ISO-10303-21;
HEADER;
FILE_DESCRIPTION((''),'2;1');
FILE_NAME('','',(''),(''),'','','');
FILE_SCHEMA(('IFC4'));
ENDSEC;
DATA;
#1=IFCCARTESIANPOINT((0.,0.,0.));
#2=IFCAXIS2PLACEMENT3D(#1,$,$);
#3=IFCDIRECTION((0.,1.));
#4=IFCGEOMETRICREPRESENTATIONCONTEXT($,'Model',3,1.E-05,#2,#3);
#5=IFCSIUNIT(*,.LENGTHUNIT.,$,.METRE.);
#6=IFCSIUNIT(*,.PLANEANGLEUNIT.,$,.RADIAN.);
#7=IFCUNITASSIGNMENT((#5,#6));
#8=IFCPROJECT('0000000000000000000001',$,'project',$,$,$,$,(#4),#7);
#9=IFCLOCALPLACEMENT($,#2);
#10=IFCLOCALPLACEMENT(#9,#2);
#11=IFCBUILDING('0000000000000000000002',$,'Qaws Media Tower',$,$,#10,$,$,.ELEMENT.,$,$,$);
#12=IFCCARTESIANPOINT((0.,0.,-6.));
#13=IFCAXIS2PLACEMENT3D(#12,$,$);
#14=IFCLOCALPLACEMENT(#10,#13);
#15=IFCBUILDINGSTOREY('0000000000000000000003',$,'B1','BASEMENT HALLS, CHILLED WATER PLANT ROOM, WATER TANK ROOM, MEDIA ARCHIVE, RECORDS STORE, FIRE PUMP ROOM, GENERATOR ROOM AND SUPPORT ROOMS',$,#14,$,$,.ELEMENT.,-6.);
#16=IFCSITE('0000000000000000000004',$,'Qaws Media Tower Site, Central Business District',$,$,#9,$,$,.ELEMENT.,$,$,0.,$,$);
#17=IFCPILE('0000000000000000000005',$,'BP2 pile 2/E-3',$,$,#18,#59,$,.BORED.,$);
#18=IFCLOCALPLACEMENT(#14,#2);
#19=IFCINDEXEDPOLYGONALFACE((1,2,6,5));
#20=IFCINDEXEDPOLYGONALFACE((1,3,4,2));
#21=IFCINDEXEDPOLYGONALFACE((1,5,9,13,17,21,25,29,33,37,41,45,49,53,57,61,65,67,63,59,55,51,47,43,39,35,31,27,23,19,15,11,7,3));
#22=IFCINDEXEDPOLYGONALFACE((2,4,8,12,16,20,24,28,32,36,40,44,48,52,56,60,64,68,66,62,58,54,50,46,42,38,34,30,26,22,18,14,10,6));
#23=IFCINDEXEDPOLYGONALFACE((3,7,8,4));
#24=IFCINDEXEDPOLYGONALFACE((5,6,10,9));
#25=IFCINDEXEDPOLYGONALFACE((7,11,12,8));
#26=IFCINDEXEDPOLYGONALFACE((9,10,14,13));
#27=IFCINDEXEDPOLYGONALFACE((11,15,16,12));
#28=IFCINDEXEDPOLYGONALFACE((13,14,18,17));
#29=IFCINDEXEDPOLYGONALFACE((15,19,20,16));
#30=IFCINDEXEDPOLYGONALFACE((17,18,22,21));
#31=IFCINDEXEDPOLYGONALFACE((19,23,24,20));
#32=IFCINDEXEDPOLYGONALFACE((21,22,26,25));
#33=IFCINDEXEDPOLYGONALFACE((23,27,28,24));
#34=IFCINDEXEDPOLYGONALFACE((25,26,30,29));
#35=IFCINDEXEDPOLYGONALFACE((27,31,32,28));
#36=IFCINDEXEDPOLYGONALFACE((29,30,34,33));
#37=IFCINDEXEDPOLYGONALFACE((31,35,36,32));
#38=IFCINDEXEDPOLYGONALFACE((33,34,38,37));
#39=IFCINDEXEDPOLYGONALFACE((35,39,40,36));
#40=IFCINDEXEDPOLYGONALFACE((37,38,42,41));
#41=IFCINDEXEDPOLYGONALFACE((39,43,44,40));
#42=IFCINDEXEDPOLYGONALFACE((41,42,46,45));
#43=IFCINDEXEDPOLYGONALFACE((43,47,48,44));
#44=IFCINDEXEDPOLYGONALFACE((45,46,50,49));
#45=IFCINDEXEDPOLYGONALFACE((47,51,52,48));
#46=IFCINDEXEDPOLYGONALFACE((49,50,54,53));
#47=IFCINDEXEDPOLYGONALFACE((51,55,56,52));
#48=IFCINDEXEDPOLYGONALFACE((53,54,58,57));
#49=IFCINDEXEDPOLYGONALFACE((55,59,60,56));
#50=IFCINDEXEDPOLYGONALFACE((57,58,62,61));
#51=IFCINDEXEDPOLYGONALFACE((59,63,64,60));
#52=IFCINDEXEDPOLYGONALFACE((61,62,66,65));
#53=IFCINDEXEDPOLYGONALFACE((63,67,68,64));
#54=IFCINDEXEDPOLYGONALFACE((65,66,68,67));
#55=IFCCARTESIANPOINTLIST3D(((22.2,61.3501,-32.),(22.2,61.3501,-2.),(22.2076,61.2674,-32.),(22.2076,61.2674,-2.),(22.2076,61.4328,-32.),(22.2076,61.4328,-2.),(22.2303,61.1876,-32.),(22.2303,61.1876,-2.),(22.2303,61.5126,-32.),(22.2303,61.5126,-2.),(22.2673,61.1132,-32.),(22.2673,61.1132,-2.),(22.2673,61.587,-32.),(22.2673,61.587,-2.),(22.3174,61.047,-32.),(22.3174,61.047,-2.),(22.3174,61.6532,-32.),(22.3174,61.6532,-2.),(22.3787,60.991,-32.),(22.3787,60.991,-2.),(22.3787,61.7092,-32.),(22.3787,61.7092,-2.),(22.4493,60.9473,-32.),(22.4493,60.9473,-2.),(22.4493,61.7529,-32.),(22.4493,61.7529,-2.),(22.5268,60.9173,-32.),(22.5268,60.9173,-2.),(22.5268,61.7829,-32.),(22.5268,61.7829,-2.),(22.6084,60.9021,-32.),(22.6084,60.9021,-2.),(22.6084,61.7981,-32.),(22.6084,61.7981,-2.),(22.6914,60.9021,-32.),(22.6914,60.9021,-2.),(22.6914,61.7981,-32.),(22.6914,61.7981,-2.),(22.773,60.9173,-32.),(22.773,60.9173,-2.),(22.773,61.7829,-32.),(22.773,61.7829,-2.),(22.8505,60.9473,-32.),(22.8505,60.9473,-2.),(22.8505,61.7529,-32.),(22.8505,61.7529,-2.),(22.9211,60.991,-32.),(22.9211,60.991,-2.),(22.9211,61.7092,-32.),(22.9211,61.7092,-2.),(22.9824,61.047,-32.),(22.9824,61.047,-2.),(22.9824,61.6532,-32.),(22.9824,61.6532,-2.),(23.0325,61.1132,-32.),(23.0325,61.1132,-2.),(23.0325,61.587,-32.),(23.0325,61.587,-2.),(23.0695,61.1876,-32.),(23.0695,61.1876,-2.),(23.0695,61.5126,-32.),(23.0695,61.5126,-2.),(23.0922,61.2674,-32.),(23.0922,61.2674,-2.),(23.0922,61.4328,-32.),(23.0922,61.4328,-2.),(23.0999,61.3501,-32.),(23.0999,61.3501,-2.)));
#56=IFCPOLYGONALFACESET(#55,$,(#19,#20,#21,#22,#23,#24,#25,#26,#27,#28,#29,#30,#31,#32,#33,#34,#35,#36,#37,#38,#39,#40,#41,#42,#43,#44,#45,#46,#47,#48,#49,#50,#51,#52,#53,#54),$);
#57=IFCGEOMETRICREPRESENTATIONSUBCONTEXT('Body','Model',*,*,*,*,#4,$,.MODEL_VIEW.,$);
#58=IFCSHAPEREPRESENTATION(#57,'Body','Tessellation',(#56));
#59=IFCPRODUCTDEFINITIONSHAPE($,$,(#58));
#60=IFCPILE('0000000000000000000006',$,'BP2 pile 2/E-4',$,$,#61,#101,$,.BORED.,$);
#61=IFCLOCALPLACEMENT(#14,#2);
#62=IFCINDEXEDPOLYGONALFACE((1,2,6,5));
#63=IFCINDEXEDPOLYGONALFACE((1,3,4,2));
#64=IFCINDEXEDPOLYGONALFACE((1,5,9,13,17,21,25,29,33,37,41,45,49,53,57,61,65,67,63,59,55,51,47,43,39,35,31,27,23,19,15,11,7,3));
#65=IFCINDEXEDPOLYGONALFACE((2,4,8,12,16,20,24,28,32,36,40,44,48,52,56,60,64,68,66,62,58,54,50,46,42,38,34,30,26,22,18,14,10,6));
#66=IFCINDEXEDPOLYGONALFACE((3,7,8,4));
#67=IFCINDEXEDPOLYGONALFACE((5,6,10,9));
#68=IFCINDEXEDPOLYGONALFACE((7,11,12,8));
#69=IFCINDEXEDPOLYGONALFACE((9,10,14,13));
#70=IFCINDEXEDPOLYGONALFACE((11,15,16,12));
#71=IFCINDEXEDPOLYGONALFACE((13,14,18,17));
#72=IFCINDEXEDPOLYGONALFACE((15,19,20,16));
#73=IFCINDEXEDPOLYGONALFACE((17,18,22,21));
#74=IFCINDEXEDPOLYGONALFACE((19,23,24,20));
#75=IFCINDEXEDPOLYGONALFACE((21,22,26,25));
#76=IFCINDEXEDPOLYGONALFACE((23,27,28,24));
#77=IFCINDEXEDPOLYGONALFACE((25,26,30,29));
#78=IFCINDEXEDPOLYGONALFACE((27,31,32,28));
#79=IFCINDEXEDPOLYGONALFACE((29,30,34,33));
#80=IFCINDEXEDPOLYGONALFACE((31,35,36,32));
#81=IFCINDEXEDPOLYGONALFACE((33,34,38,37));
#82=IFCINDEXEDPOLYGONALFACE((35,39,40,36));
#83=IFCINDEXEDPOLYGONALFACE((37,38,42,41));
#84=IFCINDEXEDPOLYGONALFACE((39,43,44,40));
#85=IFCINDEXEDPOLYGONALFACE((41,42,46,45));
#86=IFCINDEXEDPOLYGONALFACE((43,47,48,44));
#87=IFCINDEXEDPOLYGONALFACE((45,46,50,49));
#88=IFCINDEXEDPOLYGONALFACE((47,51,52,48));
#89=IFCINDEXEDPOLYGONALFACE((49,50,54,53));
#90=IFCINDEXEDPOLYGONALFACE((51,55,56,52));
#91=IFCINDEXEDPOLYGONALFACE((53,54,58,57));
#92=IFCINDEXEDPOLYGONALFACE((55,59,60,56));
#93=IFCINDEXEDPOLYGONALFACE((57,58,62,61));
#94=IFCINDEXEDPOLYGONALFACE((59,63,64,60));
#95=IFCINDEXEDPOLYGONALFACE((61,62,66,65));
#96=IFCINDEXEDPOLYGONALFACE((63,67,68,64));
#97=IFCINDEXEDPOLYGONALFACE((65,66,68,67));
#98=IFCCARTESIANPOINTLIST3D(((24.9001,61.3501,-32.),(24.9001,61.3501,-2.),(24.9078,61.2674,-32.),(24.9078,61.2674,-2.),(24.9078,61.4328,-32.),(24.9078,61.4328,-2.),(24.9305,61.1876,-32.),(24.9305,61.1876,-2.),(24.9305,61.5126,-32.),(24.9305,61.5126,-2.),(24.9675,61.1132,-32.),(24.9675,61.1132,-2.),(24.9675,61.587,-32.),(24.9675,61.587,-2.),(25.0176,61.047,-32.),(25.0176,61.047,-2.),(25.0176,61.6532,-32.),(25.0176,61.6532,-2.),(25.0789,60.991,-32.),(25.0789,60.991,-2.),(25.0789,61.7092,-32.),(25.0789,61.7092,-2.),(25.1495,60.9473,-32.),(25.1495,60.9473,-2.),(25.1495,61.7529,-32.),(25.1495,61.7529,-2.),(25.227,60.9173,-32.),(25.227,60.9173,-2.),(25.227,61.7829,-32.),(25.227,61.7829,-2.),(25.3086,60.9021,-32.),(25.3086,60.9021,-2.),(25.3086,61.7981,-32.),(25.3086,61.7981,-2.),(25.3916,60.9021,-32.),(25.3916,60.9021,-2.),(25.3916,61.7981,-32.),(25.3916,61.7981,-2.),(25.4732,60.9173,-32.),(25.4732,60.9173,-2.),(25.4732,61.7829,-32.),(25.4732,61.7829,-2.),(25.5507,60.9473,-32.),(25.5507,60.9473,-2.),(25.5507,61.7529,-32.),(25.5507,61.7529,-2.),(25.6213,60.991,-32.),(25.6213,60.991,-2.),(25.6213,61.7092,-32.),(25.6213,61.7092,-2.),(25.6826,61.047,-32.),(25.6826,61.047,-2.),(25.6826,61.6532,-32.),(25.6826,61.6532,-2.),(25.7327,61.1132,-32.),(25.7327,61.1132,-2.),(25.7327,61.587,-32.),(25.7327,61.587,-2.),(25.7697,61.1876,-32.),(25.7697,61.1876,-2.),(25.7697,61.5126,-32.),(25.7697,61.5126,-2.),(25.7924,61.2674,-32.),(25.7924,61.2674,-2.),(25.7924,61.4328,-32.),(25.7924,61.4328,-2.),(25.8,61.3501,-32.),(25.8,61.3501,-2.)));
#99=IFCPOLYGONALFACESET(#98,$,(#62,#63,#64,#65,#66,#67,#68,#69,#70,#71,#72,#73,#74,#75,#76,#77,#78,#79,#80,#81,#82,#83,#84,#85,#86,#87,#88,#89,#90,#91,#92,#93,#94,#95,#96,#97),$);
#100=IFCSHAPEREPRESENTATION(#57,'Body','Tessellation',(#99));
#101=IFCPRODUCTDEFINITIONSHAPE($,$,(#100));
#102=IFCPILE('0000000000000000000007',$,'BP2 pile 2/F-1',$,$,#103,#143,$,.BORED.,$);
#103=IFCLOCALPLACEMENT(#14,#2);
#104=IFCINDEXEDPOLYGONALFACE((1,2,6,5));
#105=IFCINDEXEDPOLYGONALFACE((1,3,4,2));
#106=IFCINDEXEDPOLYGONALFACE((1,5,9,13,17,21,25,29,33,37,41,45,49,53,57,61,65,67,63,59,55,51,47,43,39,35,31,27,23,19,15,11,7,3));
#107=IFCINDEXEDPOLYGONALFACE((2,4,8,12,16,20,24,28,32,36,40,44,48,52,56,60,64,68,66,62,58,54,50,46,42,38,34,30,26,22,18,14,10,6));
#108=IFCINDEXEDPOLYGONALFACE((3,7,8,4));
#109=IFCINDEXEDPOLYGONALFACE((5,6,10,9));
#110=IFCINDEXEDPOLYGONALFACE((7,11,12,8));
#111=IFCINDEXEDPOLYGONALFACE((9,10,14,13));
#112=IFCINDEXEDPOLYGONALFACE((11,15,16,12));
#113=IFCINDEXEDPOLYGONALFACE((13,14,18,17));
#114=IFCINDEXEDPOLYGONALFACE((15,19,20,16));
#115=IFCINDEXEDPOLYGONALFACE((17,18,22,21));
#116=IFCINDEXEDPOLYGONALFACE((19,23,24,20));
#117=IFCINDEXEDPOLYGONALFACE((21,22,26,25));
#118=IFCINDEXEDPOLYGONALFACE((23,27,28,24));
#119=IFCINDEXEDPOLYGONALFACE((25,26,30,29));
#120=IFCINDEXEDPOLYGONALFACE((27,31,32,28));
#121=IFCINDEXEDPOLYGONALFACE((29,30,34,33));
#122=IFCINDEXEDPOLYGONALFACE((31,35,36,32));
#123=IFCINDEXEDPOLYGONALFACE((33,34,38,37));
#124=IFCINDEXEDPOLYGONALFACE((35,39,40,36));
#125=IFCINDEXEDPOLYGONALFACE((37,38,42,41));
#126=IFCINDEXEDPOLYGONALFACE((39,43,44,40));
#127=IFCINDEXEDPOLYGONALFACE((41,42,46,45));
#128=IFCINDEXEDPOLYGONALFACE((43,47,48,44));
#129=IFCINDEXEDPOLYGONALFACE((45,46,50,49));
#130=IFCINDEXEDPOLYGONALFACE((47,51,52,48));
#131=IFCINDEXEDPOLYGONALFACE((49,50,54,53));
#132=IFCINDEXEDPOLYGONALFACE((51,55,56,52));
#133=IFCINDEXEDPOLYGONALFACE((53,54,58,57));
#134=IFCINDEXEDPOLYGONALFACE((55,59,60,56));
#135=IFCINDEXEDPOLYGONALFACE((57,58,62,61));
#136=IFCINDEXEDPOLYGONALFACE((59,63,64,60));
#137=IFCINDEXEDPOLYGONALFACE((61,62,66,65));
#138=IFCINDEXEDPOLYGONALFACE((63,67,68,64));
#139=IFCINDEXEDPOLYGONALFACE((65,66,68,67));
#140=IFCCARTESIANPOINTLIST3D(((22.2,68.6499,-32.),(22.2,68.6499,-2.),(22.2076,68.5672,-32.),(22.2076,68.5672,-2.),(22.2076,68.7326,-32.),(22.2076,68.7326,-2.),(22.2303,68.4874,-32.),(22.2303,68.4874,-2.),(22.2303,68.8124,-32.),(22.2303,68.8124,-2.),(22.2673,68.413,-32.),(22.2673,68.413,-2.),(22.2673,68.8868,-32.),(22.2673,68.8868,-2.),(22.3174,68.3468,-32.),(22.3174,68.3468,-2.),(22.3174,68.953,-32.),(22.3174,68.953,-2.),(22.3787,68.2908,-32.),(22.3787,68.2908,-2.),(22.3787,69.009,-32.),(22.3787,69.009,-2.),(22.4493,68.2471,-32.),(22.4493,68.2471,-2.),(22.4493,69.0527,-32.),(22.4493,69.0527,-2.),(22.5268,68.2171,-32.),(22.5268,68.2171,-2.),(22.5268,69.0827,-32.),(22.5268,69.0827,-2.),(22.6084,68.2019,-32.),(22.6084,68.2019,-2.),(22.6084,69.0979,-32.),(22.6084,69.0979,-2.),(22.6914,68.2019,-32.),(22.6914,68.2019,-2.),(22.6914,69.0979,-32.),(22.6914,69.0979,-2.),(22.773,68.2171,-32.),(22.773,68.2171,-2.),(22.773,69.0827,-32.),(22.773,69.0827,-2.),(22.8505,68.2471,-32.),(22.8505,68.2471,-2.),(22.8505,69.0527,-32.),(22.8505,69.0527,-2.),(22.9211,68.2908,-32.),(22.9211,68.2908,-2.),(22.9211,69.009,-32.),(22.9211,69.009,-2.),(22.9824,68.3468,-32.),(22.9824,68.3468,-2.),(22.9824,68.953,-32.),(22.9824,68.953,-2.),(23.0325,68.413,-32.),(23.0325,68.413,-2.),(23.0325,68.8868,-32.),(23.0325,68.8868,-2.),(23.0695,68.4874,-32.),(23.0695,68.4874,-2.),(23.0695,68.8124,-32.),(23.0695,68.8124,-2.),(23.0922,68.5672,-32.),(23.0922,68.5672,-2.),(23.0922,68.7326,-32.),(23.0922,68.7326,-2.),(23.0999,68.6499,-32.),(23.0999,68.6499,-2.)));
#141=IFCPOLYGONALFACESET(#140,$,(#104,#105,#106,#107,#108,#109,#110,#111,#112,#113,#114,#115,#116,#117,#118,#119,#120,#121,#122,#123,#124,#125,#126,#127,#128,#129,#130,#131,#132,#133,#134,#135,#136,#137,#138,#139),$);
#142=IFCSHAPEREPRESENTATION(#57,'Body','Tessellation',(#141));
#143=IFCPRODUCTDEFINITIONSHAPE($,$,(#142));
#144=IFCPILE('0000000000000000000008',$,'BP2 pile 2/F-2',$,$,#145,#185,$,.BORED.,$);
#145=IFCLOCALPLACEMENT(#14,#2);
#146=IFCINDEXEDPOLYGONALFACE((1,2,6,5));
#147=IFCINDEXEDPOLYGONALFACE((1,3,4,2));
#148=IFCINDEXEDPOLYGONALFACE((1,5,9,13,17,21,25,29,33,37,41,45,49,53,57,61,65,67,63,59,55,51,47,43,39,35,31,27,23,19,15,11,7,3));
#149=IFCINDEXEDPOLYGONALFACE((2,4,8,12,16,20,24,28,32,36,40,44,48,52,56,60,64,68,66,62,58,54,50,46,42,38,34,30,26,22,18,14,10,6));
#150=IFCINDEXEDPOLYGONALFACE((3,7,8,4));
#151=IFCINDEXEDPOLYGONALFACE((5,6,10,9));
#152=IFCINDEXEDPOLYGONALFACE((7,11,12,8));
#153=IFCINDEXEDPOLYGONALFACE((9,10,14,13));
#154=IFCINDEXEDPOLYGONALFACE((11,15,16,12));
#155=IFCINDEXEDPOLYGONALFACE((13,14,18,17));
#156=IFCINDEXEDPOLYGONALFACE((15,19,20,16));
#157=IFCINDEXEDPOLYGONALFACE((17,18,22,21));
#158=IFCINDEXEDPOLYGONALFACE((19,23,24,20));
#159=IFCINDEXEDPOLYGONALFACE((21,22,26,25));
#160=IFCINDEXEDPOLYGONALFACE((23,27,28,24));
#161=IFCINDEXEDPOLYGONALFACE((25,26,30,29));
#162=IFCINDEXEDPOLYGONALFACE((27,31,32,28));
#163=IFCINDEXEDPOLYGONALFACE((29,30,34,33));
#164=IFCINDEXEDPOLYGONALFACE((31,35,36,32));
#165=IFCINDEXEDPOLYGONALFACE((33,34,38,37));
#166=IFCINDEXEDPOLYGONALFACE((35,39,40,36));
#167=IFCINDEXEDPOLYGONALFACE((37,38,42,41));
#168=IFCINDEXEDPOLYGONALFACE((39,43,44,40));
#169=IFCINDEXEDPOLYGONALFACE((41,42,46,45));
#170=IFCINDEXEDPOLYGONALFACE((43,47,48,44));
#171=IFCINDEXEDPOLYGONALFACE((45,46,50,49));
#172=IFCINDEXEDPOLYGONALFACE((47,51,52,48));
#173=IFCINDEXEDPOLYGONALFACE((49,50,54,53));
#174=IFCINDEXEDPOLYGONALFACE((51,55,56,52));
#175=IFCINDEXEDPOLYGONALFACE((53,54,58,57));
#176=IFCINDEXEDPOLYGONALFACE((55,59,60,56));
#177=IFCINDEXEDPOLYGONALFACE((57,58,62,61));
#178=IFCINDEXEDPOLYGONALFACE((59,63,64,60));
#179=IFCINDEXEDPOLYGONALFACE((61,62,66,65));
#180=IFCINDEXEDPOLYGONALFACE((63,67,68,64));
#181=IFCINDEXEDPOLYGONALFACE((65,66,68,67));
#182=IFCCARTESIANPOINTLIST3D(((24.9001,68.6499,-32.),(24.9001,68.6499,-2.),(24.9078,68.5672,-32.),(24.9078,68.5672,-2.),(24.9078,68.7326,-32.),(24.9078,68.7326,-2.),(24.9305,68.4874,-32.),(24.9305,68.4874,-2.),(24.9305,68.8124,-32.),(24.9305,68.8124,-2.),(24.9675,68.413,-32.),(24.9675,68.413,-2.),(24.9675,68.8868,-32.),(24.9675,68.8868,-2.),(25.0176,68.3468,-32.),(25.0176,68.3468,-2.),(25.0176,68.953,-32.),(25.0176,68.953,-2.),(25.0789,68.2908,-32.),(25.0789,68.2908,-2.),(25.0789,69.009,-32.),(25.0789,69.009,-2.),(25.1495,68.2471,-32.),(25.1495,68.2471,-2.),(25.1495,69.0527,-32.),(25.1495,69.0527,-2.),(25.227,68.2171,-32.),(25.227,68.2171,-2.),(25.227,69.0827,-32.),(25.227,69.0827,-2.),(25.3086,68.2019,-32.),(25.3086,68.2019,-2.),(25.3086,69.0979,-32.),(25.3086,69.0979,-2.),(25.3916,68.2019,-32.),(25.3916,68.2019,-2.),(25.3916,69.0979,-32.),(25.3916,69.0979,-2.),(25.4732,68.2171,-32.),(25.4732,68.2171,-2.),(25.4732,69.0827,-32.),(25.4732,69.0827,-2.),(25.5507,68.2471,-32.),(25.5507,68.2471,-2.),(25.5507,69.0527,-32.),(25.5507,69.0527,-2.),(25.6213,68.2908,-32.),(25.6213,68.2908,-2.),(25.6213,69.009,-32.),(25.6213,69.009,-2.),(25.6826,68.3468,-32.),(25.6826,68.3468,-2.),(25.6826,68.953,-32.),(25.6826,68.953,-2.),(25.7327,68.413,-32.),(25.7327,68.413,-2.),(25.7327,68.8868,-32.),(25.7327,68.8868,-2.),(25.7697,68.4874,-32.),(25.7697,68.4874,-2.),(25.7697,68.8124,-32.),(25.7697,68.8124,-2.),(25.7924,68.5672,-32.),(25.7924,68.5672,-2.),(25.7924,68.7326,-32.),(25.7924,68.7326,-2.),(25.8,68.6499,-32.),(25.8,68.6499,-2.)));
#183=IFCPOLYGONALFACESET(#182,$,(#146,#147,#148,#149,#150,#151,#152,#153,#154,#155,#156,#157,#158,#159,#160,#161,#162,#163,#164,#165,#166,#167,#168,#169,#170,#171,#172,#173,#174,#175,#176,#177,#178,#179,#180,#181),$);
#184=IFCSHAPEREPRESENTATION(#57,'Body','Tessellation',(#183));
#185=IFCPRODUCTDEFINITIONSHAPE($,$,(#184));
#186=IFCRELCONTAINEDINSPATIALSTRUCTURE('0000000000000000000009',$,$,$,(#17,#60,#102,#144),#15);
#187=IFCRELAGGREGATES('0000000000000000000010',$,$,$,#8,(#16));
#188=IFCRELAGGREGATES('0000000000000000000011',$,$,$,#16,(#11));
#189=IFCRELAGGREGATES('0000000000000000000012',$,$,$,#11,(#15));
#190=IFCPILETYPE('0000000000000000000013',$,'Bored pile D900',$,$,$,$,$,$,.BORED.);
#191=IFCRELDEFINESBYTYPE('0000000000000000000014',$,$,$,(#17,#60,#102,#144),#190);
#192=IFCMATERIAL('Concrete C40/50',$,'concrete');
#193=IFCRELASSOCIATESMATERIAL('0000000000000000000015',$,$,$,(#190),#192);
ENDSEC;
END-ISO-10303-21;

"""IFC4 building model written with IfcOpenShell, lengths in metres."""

from ifc_helpers import new_model, si_unit, direction, frame, origin, origin_2d, place, context, subcontext, project, spatial, circle, extrude, material, material_profile, profile_set, type_object, element, save


model = new_model("IFC4")

# Units and contexts
model_context = context("Model", 3, precision=1e-05, world=origin(), true_north=direction((0.0, 1.0)))
body_context = subcontext(model_context, "Body", "Model", "MODEL_VIEW")
ifc_project = project(units=[si_unit("LENGTHUNIT", "METRE"), si_unit("PLANEANGLEUNIT", "RADIAN")], contexts=[model_context])

# Site, building, storey
site_placement = place(None, origin())
site = spatial("IfcSite", under=ifc_project, at=site_placement, Name="Qaws Media Tower Site, Central Business District", CompositionType="ELEMENT", RefElevation=0.0)
building_placement = place(site_placement, origin())
building = spatial("IfcBuilding", under=site, at=building_placement, Name="Qaws Media Tower", CompositionType="ELEMENT")
storey_placement = place(building_placement, frame((0.0, 0.0, -6.0)))
storey = spatial("IfcBuildingStorey", under=building, at=storey_placement, Name="B1", Description="BASEMENT HALLS, CHILLED WATER PLANT ROOM, WATER TANK ROOM, MEDIA ARCHIVE, RECORDS STORE, FIRE PUMP ROOM, GENERATOR ROOM AND SUPPORT ROOMS", CompositionType="ELEMENT", Elevation=-6.0)

# Piles
ifc_material_1 = material(Name="Concrete C40/50", Category="concrete")
ifc_material_profile_1 = material_profile(ifc_material_1, circle(Radius=0.45, at=origin_2d()), Name="D900")
ifc_profile_set_1 = profile_set([ifc_material_profile_1], Name="Concrete C40/50")
pile_type = type_object("IfcPileType", Name="Bored pile D900", PredefinedType="BORED", material=ifc_profile_set_1)
for number, where, z_axis, x_axis, name in (
    (1, (22.6499, 61.3501, -2.0), (0.0, 0.0, -1.0), (1.0, 0.0, 0.0), "BP2 pile 2/E-3"),
    (2, (25.3501, 61.3501, -2.0), (0.0, 0.0, -1.0), (1.0, 0.0, 0.0), "BP2 pile 2/E-4"),
    (3, (22.6499, 68.6499, -2.0), (0.0, 0.0, -1.0), (1.0, 0.0, 0.0), "BP2 pile 2/F-1"),
    (4, (25.3501, 68.6499, -2.0), (0.0, 0.0, -1.0), (1.0, 0.0, 0.0), "BP2 pile 2/F-2"),
):
    element("IfcPile", number, at=place(storey_placement, frame(where, z_axis=z_axis, x_axis=x_axis)), inside=storey, type_object=pile_type, Name=name, PredefinedType="BORED", context=body_context, shape_type="SweptSolid", body=[
        extrude(circle(Radius=0.45, at=origin_2d()), origin(), (0.0, 0.0, 1.0), 30.0),
    ])

save(model, "model.ifc")
